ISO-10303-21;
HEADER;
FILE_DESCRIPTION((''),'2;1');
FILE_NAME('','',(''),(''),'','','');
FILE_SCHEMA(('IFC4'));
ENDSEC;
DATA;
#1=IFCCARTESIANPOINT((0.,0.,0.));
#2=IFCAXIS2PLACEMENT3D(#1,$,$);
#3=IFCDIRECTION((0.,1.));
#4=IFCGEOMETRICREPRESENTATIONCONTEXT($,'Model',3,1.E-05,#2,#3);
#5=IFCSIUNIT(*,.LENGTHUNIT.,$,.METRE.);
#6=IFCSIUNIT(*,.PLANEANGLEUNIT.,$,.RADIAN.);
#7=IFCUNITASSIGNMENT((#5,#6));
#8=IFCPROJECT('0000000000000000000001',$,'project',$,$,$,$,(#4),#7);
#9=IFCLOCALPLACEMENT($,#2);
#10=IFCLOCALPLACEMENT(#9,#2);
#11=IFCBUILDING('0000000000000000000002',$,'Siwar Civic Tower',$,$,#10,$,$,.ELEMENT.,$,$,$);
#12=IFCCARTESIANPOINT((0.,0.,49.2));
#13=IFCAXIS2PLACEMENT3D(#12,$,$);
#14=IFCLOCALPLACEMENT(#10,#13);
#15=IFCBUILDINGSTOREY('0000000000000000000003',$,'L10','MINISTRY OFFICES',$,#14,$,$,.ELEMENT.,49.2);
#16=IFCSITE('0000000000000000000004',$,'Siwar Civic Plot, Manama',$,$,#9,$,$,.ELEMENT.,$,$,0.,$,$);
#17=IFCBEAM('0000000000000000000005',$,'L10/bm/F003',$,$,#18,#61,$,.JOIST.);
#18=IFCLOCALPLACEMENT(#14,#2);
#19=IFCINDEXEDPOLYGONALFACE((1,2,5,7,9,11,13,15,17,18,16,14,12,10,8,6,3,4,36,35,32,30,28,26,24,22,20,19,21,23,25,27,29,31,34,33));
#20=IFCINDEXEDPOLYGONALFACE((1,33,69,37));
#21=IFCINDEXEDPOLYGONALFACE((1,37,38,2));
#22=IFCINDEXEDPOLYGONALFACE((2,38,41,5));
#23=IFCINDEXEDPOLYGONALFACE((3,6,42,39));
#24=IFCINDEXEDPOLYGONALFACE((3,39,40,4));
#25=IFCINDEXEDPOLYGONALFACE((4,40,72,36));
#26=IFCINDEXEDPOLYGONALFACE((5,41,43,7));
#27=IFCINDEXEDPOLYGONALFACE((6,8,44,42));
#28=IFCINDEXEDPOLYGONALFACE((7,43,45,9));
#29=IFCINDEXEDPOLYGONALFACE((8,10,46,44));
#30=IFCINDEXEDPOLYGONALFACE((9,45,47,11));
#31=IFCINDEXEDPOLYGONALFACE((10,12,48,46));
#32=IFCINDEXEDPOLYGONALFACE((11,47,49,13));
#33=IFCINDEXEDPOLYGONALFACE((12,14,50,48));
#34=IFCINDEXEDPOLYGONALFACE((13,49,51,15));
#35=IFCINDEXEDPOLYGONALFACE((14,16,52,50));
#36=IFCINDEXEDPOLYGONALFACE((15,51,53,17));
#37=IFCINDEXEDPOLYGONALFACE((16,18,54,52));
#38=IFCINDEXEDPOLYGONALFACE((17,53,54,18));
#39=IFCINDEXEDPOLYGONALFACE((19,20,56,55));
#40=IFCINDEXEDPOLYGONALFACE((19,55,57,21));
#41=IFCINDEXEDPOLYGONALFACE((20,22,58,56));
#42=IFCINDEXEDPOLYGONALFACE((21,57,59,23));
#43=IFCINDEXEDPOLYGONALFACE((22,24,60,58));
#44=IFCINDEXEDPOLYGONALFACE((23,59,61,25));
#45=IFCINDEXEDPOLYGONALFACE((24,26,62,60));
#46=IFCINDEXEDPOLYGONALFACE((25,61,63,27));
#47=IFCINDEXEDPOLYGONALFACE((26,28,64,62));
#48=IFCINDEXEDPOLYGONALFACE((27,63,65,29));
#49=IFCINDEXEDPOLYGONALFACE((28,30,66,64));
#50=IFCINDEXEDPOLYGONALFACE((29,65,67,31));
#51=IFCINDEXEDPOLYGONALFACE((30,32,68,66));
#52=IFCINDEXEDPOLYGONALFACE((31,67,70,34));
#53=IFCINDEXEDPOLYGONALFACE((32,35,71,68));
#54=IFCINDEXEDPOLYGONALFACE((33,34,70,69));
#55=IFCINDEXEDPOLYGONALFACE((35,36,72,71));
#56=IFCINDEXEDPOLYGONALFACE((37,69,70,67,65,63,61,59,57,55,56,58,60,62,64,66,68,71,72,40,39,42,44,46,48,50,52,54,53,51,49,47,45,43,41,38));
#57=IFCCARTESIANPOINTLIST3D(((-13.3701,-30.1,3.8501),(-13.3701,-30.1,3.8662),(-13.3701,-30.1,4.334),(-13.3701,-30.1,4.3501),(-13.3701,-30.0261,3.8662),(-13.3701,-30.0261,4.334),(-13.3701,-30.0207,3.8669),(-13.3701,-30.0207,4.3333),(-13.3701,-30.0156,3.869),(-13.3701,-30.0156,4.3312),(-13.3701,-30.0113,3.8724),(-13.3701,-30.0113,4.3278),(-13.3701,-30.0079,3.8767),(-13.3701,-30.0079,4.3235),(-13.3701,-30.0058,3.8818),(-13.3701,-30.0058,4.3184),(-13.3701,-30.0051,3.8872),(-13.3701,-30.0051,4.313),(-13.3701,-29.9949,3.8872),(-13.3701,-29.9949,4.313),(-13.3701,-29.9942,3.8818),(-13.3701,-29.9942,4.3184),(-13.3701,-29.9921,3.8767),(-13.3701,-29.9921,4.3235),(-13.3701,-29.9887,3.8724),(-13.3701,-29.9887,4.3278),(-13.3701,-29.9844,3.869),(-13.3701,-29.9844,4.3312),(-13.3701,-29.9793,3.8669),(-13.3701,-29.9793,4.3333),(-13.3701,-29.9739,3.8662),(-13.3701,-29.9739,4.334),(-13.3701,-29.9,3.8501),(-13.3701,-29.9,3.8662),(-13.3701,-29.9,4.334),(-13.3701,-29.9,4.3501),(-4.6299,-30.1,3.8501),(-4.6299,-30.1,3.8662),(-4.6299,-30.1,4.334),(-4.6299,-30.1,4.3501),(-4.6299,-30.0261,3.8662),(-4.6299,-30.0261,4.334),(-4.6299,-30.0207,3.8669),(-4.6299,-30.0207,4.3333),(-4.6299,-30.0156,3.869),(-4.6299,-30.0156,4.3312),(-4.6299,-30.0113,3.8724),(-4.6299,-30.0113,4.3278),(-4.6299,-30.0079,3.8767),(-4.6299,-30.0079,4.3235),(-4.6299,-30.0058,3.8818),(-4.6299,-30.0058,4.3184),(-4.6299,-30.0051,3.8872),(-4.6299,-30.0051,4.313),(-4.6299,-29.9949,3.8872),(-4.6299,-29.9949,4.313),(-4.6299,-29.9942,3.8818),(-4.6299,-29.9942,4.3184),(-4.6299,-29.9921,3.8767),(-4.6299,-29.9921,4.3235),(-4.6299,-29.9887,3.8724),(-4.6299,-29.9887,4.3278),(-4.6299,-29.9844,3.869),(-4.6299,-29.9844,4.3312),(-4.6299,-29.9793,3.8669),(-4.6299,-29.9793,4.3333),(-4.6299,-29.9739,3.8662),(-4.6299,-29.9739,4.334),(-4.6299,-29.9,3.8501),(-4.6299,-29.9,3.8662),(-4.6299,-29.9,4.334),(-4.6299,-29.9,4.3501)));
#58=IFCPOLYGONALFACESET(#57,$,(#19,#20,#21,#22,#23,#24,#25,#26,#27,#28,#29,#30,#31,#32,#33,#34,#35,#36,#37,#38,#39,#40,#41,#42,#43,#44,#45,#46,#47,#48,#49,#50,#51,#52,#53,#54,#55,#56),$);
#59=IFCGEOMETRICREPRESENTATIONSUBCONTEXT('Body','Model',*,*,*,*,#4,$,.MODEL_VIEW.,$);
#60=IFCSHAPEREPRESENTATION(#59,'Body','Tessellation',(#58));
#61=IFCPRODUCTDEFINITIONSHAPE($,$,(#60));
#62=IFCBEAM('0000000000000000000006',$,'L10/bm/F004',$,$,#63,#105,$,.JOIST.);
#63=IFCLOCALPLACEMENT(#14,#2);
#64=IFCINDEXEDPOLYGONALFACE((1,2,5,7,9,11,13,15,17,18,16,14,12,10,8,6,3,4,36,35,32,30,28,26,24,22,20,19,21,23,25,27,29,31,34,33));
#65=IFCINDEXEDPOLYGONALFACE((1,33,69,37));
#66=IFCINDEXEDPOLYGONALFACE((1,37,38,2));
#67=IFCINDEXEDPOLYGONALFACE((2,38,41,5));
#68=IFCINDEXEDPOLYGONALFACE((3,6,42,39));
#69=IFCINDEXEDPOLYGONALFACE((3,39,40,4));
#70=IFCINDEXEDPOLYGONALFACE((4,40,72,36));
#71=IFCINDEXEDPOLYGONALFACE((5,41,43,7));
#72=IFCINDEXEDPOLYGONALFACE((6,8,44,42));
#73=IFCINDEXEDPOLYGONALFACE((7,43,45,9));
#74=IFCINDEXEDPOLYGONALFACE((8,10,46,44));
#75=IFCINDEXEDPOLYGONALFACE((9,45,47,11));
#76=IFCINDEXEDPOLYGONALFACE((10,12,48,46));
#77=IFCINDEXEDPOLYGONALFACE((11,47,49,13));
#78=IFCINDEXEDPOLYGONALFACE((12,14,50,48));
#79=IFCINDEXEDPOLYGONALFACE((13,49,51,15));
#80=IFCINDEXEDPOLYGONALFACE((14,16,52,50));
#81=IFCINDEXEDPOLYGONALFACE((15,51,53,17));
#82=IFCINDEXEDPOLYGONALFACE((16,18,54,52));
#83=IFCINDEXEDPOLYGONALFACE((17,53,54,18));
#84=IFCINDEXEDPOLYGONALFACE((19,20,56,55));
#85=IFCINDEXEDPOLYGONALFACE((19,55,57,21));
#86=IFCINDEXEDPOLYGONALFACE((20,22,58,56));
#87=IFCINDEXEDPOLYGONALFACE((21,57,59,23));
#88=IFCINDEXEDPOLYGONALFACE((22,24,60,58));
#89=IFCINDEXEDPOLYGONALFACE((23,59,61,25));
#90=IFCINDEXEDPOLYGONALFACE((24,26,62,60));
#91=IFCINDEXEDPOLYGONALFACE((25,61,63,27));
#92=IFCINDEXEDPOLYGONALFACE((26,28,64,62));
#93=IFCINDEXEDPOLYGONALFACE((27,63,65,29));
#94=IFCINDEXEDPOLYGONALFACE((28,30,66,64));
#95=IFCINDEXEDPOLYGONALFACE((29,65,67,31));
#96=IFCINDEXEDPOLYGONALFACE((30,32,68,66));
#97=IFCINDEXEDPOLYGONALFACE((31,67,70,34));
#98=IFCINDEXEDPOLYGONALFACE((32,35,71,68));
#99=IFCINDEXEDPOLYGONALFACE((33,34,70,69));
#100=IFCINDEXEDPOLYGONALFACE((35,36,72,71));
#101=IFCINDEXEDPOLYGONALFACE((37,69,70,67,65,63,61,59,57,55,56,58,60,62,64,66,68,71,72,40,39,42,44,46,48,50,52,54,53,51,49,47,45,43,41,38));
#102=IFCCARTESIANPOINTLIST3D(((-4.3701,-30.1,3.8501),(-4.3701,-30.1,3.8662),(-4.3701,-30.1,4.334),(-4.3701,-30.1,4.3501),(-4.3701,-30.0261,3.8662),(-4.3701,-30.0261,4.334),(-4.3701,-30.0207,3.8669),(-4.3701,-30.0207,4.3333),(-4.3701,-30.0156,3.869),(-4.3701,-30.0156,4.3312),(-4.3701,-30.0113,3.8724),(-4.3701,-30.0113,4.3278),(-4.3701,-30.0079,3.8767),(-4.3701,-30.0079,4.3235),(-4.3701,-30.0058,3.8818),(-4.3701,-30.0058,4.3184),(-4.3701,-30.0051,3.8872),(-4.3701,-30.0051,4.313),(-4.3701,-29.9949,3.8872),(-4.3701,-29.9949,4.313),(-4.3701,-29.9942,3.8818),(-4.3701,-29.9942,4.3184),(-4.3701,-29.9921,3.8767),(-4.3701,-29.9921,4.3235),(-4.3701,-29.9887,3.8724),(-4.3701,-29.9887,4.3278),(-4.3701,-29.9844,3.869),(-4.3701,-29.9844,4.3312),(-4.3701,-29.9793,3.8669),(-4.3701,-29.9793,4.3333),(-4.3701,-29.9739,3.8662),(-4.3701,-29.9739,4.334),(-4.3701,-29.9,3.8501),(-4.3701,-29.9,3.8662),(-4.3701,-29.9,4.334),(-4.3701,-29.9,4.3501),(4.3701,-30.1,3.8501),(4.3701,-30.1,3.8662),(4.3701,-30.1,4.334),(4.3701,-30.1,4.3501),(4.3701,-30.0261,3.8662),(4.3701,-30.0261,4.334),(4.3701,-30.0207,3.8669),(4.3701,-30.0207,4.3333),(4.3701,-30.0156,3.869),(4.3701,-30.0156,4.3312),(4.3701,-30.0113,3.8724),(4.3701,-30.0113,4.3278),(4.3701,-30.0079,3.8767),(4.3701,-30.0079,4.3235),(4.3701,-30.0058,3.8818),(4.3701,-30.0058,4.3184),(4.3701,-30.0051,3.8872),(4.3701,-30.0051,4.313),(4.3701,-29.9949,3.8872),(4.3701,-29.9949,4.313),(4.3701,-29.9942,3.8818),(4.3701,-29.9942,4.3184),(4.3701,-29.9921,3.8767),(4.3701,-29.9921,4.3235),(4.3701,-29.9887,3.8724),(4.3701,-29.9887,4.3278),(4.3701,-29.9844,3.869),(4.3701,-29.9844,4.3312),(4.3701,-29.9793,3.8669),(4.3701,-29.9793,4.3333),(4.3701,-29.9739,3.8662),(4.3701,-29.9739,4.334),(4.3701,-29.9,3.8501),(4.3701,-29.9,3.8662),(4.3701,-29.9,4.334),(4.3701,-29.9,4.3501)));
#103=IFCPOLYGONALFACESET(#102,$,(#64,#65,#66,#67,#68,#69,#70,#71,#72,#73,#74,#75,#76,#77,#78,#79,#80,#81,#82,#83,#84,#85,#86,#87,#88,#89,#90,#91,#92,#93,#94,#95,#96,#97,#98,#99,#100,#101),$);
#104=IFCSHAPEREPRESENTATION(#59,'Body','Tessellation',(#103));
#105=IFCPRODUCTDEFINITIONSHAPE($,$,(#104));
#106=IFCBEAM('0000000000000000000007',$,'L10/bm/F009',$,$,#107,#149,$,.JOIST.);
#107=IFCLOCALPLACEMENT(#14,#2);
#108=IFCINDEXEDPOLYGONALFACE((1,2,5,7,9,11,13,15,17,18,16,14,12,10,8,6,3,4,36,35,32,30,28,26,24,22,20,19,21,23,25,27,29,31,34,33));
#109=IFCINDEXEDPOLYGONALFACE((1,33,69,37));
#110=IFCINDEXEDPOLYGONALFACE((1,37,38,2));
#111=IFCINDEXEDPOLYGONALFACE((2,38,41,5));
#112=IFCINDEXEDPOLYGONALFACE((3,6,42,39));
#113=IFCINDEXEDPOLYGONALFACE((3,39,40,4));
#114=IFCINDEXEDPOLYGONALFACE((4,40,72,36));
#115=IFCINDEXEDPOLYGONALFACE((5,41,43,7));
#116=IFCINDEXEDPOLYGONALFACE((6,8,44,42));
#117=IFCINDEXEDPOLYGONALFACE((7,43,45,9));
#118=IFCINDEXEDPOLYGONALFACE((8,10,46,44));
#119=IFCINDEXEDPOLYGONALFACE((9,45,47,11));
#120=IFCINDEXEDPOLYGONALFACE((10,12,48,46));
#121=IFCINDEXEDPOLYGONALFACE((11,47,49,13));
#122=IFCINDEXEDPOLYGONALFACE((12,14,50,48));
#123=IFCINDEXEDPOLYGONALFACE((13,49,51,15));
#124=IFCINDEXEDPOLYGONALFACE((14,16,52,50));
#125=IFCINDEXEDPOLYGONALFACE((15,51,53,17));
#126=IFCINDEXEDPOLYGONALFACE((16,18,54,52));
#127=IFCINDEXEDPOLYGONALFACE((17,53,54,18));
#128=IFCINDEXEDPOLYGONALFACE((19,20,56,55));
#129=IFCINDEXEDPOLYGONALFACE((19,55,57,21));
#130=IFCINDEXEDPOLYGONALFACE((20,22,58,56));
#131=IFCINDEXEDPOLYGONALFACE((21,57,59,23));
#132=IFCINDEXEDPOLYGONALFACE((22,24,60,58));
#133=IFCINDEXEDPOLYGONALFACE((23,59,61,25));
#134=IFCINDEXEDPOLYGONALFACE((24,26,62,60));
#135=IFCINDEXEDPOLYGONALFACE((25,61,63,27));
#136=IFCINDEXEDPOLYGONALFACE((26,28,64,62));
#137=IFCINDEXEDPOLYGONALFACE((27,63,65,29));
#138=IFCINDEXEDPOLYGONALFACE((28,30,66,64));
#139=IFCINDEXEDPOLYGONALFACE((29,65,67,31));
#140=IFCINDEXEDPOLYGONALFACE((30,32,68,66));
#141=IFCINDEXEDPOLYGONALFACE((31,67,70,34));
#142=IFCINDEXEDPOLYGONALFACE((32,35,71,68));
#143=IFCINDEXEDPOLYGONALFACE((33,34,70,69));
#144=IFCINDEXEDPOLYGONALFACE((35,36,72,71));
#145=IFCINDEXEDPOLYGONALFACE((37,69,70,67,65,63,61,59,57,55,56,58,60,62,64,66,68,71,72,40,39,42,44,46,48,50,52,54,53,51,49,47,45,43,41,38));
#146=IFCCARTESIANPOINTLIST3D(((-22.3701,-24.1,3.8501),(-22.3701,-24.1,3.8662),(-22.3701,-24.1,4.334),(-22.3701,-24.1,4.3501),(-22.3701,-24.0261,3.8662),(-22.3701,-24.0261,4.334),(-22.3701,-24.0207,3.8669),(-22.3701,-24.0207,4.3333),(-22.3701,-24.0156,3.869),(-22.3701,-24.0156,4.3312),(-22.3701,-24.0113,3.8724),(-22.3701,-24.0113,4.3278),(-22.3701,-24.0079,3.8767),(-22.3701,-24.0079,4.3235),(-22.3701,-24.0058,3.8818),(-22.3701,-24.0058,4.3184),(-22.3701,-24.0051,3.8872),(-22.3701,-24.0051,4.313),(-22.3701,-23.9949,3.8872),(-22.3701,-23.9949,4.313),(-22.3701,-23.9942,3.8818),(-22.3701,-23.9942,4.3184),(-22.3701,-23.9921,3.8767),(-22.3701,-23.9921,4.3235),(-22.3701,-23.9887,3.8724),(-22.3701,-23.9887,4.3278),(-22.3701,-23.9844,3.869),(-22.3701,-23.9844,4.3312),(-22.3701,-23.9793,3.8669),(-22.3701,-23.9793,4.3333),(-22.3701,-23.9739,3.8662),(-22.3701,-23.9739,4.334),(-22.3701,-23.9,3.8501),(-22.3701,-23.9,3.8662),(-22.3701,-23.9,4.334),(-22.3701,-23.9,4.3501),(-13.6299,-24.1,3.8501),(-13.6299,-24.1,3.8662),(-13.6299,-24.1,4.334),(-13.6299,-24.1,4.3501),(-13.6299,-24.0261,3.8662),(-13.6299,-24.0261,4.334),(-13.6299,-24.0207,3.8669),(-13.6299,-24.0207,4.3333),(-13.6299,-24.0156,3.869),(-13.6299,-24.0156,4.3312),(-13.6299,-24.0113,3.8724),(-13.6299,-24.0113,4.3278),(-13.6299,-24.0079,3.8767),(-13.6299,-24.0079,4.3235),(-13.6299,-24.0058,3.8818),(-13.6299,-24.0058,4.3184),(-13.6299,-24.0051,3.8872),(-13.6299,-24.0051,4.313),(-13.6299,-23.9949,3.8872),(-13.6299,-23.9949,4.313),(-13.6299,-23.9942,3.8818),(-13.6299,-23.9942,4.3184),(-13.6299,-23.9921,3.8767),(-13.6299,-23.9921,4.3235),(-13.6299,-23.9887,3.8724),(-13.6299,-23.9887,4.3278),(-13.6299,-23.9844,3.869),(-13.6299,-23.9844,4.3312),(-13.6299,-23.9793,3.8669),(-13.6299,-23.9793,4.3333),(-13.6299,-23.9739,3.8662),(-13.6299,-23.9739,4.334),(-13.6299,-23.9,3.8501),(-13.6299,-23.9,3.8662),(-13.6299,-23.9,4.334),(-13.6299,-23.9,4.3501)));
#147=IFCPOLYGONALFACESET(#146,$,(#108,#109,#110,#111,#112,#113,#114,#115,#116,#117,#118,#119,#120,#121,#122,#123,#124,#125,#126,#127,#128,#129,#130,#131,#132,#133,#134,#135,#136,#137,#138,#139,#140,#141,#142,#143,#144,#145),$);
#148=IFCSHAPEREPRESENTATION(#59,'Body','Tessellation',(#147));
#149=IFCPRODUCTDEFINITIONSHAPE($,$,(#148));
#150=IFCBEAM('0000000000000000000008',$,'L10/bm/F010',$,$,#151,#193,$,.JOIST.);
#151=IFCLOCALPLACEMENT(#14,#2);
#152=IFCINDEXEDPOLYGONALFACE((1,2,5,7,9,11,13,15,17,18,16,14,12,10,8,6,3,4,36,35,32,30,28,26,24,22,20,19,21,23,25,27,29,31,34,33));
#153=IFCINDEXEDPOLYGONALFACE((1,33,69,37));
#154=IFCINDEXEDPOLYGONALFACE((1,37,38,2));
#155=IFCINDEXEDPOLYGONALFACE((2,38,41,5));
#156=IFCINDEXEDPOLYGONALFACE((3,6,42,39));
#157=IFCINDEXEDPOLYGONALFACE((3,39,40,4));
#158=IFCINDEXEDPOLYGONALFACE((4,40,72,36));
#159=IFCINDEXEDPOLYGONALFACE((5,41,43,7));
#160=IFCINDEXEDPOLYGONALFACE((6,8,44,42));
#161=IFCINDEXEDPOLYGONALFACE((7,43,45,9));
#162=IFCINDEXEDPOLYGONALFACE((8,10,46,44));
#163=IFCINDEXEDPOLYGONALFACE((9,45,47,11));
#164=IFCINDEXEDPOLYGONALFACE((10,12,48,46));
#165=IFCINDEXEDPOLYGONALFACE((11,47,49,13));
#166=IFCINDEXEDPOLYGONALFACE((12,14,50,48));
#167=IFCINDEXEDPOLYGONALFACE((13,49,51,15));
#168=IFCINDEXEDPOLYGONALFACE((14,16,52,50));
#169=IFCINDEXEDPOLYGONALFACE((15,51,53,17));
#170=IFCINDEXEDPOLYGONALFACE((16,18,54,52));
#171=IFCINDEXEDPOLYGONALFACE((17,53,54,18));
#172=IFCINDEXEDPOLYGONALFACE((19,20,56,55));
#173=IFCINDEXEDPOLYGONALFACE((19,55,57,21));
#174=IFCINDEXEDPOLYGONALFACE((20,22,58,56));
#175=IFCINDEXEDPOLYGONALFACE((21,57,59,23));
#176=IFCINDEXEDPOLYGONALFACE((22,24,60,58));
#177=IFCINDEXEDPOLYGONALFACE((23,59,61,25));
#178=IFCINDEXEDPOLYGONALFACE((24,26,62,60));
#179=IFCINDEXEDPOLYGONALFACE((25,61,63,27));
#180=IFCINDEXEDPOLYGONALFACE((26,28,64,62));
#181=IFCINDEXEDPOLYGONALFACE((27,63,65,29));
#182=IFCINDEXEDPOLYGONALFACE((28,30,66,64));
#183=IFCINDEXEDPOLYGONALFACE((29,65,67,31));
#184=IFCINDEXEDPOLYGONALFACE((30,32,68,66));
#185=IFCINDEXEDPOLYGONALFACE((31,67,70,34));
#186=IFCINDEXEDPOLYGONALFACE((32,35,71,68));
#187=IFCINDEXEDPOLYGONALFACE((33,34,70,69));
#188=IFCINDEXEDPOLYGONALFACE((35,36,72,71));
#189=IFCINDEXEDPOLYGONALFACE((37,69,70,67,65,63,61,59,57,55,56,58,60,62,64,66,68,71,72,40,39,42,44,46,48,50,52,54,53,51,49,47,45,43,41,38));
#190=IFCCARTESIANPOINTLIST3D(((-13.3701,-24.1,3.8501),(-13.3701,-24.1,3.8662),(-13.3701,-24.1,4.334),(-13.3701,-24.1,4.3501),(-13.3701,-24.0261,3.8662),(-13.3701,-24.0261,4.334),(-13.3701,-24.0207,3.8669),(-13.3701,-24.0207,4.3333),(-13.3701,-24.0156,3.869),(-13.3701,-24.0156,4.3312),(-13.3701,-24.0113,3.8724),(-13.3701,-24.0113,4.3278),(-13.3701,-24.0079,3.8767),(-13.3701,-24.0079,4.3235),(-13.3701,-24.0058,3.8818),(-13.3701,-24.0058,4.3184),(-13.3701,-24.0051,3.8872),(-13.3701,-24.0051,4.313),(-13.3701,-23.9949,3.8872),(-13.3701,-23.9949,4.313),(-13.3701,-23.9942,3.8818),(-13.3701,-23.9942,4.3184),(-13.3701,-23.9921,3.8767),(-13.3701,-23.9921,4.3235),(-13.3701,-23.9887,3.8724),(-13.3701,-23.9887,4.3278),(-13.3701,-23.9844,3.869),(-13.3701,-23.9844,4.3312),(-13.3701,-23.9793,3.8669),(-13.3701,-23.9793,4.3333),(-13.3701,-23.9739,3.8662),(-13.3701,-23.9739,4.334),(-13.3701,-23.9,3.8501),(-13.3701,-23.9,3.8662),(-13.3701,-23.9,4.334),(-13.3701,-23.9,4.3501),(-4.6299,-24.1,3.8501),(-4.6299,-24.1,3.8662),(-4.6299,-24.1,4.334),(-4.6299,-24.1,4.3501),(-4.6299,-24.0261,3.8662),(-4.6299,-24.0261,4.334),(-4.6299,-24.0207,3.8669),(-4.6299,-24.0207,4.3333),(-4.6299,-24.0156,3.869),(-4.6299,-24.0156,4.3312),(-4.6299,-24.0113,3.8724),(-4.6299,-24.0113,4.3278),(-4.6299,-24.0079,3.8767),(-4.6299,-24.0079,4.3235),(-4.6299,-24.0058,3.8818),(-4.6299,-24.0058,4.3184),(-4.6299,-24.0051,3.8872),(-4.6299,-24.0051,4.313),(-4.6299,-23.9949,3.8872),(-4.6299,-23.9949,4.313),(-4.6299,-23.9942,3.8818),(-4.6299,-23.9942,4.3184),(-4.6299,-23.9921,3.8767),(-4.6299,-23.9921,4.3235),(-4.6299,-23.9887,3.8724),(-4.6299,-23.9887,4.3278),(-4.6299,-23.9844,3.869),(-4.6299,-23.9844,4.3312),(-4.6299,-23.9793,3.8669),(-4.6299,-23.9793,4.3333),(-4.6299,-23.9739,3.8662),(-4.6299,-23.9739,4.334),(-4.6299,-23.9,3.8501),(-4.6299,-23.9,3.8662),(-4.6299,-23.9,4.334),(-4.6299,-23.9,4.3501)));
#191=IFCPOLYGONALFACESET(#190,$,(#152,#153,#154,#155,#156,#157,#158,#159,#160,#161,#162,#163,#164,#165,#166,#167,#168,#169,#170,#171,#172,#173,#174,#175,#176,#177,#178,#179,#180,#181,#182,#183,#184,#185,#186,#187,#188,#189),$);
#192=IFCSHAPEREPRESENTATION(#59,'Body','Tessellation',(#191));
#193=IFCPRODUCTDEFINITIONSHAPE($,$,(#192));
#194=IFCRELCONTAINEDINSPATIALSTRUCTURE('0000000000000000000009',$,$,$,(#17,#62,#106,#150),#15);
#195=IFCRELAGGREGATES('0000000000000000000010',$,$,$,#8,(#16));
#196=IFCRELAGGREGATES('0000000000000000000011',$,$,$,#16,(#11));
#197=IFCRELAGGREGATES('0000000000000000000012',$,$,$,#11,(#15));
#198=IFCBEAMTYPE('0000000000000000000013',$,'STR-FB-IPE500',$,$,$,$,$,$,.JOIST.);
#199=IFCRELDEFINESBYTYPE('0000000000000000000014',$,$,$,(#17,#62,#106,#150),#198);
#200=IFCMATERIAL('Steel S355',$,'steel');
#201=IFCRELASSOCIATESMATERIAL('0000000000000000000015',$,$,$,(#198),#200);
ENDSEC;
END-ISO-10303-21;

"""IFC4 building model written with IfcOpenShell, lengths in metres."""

from ifc_helpers import new_model, si_unit, direction, frame, origin, origin_2d, place, context, subcontext, project, spatial, i_section, extrude, material, material_profile, profile_set, type_object, element, save


model = new_model("IFC4")

# Units and contexts
model_context = context("Model", 3, precision=1e-05, world=origin(), true_north=direction((0.0, 1.0)))
body_context = subcontext(model_context, "Body", "Model", "MODEL_VIEW")
ifc_project = project(units=[si_unit("LENGTHUNIT", "METRE"), si_unit("PLANEANGLEUNIT", "RADIAN")], contexts=[model_context])

# Site, building, storey
site_placement = place(None, origin())
site = spatial("IfcSite", under=ifc_project, at=site_placement, Name="Siwar Civic Plot, Manama", CompositionType="ELEMENT", RefElevation=0.0)
building_placement = place(site_placement, origin())
building = spatial("IfcBuilding", under=site, at=building_placement, Name="Siwar Civic Tower", CompositionType="ELEMENT")
storey_placement = place(building_placement, frame((0.0, 0.0, 49.2)))
storey = spatial("IfcBuildingStorey", under=building, at=storey_placement, Name="L10", Description="MINISTRY OFFICES", CompositionType="ELEMENT", Elevation=49.2)

# Beams
ifc_material_1 = material(Name="Steel S355", Category="steel")
ifc_material_profile_1 = material_profile(ifc_material_1, i_section(OverallWidth=0.2, OverallDepth=0.5, WebThickness=0.0103, FlangeThickness=0.0161, FilletRadius=0.021, at=origin_2d()), Name="IPE500")
ifc_profile_set_1 = profile_set([ifc_material_profile_1], Name="Steel S355")
beam_type_1 = type_object("IfcBeamType", Name="STR-FB-IPE500", PredefinedType="JOIST", material=ifc_profile_set_1)
for number, where, z_axis, x_axis, name in (
    (1, (-13.3701, -30.0, 4.1001), (1.0, 0.0, 0.0), (0.0, 1.0, 0.0), "L10/bm/F003"),
    (2, (-4.3701, -30.0, 4.1001), (1.0, 0.0, 0.0), (0.0, 1.0, 0.0), "L10/bm/F004"),
    (3, (-22.3701, -24.0, 4.1001), (1.0, 0.0, 0.0), (0.0, 1.0, 0.0), "L10/bm/F009"),
    (4, (-13.3701, -24.0, 4.1001), (1.0, 0.0, 0.0), (0.0, 1.0, 0.0), "L10/bm/F010"),
):
    element("IfcBeam", number, at=place(storey_placement, frame(where, z_axis=z_axis, x_axis=x_axis)), inside=storey, type_object=beam_type_1, Name=name, PredefinedType="JOIST", context=body_context, shape_type="SweptSolid", body=[
        extrude(i_section(OverallWidth=0.2, OverallDepth=0.5, WebThickness=0.0103, FlangeThickness=0.0161, FilletRadius=0.021, at=origin_2d()), origin(), (0.0, 0.0, 1.0), 8.7402),
    ])

save(model, "model.ifc")
